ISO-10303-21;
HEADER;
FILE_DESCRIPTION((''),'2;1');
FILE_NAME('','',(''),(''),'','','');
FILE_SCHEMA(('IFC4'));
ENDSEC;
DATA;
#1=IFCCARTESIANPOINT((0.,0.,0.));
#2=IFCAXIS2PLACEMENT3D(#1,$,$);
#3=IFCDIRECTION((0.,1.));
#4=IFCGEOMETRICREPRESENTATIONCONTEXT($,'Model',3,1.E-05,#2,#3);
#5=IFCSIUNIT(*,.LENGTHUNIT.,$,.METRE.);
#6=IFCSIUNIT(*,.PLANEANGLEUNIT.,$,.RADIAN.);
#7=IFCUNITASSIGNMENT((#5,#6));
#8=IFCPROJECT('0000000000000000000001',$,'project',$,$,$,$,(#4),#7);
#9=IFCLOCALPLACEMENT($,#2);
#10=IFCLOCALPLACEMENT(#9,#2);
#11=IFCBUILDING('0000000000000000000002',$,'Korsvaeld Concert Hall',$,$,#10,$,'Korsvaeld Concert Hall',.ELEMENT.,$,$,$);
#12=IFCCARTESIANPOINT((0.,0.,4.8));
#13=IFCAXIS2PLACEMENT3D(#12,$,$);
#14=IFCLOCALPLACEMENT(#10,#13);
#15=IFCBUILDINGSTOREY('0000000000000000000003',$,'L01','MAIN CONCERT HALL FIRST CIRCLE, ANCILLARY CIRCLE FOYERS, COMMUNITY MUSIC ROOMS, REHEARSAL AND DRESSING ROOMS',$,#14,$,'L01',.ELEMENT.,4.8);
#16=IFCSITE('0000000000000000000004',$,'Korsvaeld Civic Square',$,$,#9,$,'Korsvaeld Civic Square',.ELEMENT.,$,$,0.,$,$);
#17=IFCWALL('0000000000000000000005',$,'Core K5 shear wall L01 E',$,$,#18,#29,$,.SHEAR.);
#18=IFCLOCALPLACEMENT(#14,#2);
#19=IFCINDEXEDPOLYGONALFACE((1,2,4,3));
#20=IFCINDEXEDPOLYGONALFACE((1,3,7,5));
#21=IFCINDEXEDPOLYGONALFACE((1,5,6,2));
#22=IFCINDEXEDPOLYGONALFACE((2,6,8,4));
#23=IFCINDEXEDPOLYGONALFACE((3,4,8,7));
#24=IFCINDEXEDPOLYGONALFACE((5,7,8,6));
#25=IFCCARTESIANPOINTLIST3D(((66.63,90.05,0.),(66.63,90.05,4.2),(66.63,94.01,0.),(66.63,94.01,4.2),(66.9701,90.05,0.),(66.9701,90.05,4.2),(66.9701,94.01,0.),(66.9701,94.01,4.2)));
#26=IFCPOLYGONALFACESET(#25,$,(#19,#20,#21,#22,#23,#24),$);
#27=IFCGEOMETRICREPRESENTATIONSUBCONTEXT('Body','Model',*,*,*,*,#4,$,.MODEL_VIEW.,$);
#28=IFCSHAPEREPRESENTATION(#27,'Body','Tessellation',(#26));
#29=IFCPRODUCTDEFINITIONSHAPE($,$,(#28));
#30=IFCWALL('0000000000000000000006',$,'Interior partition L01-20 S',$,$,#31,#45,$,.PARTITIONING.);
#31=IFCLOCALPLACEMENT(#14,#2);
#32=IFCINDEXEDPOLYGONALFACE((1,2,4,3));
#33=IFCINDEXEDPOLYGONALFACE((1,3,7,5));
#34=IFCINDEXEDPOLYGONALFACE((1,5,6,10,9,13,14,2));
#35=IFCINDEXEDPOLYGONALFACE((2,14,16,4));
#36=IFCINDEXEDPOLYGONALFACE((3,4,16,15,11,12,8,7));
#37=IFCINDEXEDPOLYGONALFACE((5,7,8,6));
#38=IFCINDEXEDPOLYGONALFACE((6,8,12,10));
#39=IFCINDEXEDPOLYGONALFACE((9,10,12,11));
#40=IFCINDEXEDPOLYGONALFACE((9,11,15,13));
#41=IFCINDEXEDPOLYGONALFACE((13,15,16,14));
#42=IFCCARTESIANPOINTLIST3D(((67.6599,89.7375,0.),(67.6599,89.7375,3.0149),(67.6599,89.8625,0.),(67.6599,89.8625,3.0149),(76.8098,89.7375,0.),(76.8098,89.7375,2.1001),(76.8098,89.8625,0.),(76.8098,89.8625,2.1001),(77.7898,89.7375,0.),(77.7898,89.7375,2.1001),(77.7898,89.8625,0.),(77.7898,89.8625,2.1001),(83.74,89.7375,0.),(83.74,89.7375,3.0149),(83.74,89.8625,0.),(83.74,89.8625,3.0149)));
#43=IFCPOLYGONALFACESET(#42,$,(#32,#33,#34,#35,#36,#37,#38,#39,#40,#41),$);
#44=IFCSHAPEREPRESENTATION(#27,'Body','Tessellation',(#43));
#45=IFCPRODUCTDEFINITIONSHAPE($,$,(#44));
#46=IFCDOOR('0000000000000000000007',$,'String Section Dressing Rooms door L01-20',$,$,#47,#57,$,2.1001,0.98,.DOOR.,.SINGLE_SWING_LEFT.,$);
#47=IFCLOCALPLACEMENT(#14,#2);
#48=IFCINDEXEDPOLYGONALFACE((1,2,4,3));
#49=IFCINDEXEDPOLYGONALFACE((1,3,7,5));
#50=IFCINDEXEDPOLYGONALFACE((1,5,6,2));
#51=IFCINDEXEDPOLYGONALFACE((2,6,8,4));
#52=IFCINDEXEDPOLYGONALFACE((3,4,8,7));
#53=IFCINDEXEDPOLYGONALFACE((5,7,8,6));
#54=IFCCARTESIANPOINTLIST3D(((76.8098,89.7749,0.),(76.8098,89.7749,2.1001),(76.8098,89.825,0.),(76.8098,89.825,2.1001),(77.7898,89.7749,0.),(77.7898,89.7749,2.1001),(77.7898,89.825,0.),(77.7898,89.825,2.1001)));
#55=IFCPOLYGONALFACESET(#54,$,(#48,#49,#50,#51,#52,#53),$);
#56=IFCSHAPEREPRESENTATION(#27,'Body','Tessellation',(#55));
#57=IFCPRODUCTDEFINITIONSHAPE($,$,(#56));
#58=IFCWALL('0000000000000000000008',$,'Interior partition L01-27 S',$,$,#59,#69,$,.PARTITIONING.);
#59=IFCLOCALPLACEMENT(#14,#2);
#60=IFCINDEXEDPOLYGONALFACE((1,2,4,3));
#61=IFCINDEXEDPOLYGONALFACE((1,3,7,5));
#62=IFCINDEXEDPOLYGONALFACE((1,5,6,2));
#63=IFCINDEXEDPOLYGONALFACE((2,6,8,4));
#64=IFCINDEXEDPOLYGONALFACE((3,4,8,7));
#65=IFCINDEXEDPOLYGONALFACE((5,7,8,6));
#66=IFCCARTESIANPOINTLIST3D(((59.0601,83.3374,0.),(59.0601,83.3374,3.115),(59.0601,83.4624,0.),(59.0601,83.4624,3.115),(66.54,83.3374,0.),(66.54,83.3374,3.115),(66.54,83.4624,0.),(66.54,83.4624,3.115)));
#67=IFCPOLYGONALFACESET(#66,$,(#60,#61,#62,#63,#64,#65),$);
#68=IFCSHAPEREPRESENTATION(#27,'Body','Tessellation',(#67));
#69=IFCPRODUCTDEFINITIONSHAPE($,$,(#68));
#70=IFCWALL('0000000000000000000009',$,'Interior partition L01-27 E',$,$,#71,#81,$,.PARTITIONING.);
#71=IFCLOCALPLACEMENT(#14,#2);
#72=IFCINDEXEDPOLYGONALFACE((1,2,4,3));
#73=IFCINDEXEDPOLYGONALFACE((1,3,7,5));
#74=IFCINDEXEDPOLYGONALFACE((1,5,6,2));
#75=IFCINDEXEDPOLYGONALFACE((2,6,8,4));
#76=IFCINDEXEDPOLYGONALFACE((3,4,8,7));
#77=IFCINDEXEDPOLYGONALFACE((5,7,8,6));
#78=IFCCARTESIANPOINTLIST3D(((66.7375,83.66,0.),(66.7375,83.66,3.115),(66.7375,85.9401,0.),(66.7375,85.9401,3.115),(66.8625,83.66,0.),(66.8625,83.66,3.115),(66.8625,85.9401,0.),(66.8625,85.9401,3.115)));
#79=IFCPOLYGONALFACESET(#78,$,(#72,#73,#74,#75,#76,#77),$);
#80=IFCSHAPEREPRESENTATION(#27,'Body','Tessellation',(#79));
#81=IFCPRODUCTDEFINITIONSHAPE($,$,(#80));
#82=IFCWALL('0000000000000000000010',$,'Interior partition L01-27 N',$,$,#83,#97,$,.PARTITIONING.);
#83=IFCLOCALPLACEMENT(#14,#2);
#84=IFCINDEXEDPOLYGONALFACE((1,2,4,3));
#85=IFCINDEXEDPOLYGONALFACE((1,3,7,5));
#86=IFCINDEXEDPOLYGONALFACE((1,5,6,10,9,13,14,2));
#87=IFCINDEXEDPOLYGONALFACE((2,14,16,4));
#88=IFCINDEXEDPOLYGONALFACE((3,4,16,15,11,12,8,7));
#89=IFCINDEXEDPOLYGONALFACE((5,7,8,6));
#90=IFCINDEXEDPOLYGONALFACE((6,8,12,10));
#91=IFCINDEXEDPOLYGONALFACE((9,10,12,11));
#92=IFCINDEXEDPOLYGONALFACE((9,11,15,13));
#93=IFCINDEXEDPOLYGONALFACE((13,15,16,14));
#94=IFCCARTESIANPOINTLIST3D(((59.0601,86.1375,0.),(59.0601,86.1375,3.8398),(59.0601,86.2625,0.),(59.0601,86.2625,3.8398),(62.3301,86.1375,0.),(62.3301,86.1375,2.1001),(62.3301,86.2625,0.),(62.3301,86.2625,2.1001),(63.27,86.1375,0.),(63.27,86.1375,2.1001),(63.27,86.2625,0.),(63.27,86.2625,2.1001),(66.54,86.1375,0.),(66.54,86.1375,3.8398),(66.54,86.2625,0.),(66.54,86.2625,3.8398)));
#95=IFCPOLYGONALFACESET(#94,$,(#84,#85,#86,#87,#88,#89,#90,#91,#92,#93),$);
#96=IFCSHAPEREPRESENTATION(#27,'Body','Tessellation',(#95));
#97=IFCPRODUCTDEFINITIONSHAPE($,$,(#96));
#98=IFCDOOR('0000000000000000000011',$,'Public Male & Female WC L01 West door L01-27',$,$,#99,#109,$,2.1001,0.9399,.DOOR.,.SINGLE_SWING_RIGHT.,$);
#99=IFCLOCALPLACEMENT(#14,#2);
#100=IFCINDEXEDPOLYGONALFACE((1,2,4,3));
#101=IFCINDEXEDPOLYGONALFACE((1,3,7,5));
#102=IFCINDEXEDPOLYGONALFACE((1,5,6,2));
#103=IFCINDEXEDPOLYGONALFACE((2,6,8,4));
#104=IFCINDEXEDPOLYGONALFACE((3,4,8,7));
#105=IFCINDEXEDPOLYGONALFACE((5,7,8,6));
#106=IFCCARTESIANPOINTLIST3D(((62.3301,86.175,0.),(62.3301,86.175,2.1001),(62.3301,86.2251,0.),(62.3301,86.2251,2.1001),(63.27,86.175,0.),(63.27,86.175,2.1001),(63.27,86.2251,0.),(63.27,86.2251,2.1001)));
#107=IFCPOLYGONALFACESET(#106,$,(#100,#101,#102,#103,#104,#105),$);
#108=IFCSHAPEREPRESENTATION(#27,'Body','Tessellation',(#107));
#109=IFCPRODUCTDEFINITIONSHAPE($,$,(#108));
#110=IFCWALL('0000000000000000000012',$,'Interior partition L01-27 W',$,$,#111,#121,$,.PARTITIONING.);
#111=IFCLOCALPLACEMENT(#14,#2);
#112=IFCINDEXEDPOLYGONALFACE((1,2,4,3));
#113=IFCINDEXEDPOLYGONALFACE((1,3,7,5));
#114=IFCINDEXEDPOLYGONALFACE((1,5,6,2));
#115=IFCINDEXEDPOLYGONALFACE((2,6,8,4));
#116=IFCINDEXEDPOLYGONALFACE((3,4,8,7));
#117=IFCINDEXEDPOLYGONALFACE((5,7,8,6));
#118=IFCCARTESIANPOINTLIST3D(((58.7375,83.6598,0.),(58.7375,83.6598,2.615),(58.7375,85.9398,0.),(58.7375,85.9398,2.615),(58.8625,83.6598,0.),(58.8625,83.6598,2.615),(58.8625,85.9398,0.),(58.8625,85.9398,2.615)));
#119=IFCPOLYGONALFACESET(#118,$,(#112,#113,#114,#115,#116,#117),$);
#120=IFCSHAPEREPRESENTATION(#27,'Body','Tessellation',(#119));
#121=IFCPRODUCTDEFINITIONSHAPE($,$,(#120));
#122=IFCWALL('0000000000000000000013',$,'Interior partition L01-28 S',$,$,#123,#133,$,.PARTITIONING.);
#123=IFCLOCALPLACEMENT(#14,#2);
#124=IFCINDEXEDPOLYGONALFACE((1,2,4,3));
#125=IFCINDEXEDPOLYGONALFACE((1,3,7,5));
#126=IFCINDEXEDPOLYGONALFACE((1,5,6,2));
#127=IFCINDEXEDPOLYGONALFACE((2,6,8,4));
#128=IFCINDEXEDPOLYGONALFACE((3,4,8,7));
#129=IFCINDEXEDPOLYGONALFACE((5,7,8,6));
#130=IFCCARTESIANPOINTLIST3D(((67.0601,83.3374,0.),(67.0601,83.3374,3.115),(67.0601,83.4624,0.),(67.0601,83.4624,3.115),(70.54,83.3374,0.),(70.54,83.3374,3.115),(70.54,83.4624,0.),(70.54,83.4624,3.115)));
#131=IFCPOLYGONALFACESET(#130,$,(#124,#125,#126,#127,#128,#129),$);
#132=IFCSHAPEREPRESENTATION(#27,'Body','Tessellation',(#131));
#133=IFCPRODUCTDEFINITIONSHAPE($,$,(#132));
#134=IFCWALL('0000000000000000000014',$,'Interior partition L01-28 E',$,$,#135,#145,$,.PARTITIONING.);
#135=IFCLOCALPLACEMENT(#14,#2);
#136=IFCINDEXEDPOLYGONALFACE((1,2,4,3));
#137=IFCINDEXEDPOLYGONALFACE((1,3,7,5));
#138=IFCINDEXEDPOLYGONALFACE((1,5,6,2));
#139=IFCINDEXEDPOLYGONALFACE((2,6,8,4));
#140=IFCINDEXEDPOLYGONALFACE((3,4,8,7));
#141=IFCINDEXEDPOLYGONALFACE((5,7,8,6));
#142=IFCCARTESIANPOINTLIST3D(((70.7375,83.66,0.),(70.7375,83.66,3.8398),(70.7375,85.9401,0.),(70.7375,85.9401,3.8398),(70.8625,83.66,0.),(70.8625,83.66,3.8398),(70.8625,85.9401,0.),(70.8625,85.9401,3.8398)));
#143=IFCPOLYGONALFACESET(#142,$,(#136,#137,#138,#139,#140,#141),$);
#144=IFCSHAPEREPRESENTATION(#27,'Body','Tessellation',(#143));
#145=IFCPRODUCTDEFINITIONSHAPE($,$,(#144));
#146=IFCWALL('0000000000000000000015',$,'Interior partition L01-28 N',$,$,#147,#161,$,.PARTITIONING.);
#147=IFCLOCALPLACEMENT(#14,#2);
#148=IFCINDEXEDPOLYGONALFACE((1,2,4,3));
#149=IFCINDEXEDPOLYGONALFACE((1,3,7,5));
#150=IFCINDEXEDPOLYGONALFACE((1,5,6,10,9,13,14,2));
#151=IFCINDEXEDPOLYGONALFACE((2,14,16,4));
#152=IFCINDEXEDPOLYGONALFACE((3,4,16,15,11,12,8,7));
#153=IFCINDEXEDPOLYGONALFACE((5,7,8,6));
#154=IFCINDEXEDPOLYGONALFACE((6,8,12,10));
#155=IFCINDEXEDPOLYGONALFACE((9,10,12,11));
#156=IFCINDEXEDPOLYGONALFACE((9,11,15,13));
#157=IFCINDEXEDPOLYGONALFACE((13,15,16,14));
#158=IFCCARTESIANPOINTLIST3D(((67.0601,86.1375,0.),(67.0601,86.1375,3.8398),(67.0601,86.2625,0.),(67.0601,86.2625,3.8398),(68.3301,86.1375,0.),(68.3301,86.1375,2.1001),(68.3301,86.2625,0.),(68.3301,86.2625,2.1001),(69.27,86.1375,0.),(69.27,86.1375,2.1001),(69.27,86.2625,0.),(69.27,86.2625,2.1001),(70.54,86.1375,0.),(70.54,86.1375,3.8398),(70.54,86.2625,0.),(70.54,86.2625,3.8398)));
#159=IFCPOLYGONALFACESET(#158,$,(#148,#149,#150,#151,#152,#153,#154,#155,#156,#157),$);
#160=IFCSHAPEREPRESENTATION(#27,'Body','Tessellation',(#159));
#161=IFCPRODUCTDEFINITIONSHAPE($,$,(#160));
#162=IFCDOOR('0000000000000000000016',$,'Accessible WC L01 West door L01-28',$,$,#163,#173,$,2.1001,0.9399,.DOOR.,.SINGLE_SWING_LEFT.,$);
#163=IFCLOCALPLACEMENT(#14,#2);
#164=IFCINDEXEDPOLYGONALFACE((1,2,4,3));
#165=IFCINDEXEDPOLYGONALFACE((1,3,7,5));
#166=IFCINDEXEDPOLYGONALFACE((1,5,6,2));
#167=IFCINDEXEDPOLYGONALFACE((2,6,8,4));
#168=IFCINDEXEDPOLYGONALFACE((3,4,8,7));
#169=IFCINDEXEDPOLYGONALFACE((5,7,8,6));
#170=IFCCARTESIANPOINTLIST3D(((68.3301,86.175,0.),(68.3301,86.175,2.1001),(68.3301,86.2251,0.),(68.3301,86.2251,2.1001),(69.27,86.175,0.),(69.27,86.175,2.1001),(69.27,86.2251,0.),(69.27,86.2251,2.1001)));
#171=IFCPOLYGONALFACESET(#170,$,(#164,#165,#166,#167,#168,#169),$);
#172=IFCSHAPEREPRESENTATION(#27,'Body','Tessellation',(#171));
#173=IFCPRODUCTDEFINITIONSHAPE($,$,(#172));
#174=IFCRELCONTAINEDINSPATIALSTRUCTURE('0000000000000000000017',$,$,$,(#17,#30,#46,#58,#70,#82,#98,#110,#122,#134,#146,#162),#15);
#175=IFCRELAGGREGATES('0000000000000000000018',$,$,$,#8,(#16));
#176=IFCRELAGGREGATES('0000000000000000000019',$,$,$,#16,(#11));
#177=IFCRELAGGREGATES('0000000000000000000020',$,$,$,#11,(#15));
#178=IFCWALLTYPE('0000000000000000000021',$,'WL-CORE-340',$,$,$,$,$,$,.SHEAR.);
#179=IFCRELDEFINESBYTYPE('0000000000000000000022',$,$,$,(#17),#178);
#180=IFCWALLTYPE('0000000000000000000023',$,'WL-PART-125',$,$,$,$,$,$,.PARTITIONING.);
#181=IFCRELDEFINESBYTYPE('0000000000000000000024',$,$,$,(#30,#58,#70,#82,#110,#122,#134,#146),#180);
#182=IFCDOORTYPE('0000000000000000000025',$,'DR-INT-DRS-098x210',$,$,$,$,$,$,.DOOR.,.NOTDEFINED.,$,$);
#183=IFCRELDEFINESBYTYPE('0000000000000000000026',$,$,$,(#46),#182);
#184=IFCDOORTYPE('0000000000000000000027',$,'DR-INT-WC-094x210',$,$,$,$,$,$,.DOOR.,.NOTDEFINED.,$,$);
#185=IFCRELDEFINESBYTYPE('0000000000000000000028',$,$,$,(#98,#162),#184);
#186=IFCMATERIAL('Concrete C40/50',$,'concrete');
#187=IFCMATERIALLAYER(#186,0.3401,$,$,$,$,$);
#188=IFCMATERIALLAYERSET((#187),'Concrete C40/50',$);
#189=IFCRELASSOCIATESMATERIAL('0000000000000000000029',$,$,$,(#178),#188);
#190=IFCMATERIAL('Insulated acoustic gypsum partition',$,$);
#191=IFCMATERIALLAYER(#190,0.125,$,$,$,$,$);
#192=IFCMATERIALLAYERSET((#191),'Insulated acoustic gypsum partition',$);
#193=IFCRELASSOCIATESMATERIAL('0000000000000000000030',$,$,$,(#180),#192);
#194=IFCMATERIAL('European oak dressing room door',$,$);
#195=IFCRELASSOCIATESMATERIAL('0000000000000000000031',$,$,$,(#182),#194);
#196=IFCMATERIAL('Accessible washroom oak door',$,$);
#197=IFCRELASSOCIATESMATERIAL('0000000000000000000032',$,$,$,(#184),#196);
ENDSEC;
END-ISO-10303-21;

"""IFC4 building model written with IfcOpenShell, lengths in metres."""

from ifc_helpers import new_model, si_unit, direction, frame, frame_2d, origin, place, context, subcontext, project, spatial, rectangle, extrude, material, layer, layer_set, type_object, element, fill, save


model = new_model("IFC4")

# Units and contexts
model_context = context("Model", 3, precision=1e-05, world=origin(), true_north=direction((0.0, 1.0)))
body_context = subcontext(model_context, "Body", "Model", "MODEL_VIEW")
ifc_project = project(units=[si_unit("LENGTHUNIT", "METRE"), si_unit("PLANEANGLEUNIT", "RADIAN")], contexts=[model_context])

# Site, building, storey
site_placement = place(None, origin())
site = spatial("IfcSite", under=ifc_project, at=site_placement, Name="Korsvaeld Civic Square", LongName="Korsvaeld Civic Square", CompositionType="ELEMENT", RefElevation=0.0)
building_placement = place(site_placement, origin())
building = spatial("IfcBuilding", under=site, at=building_placement, Name="Korsvaeld Concert Hall", LongName="Korsvaeld Concert Hall", CompositionType="ELEMENT")
storey_placement = place(building_placement, frame((0.0, 0.0, 4.8)))
storey = spatial("IfcBuildingStorey", under=building, at=storey_placement, Name="L01", Description="MAIN CONCERT HALL FIRST CIRCLE, ANCILLARY CIRCLE FOYERS, COMMUNITY MUSIC ROOMS, REHEARSAL AND DRESSING ROOMS", LongName="L01", CompositionType="ELEMENT", Elevation=4.8)

# Shared definitions
ifc_material_1 = material(Name="Concrete C40/50", Category="concrete")

# Wall
ifc_layer_1 = layer(ifc_material_1, 0.3401)
ifc_layer_set_1 = layer_set([ifc_layer_1], Name="Concrete C40/50")
wall_type_1 = type_object("IfcWallType", Name="WL-CORE-340", PredefinedType="SHEAR", material=ifc_layer_set_1)
wall_1_placement = place(storey_placement, frame((66.8, 90.05, 0.0), z_axis=(0.0, 0.0, 1.0), x_axis=(0.0, 1.0, 0.0)))
element("IfcWall", 1, at=wall_1_placement, inside=storey, type_object=wall_type_1, Name="Core K5 shear wall L01 E", PredefinedType="SHEAR", context=body_context, shape_type="SweptSolid", body=[
    extrude(rectangle(XDim=3.96, YDim=0.3401, at=frame_2d((1.98, 0.0))), origin(), (0.0, 0.0, 1.0), 4.2),
])

# Wall, opening, door
ifc_material_2 = material(Name="Insulated acoustic gypsum partition")
ifc_layer_2 = layer(ifc_material_2, 0.125)
ifc_layer_set_2 = layer_set([ifc_layer_2], Name="Insulated acoustic gypsum partition")
wall_type_2 = type_object("IfcWallType", Name="WL-PART-125", PredefinedType="PARTITIONING", material=ifc_layer_set_2)
wall_2_placement = place(storey_placement, frame((67.6599, 89.8, 0.0), z_axis=(0.0, 0.0, 1.0), x_axis=(1.0, 0.0, 0.0)))
wall_2 = element("IfcWall", 2, at=wall_2_placement, inside=storey, type_object=wall_type_2, Name="Interior partition L01-20 S", PredefinedType="PARTITIONING", context=body_context, shape_type="SweptSolid", body=[
    extrude(rectangle(XDim=16.0801, YDim=0.125, at=frame_2d((8.04, 0.0))), origin(), (0.0, 0.0, 1.0), 3.0149),
])
opening_1_placement = place(wall_2_placement, frame((9.1499, 0.0, 0.0)))
opening_1 = element("IfcOpeningElement", 3, at=opening_1_placement, cuts=wall_2, PredefinedType="OPENING", context=body_context, shape_type="SweptSolid", body=[
    extrude(rectangle(XDim=0.98, YDim=2.1001, at=frame_2d((0.49, 1.05))), frame((0.0, 0.0725, 0.0), z_axis=(0.0, -1.0, 0.0), x_axis=(1.0, 0.0, 0.0)), (0.0, 0.0, 1.0), 0.145),
])
ifc_material_3 = material(Name="European oak dressing room door")
door_type_1 = type_object("IfcDoorType", Name="DR-INT-DRS-098x210", OperationType="NOTDEFINED", PredefinedType="DOOR", material=ifc_material_3)
door_1_placement = place(opening_1_placement, origin())
door_1 = element("IfcDoor", 4, at=door_1_placement, inside=storey, type_object=door_type_1, Name="String Section Dressing Rooms door L01-20", OperationType="SINGLE_SWING_LEFT", OverallHeight=2.1001, OverallWidth=0.98, PredefinedType="DOOR", context=body_context, shape_type="SweptSolid", body=[
    extrude(rectangle(XDim=0.98, YDim=2.1001, at=frame_2d((0.49, 1.05))), frame((0.0, 0.0249, 0.0), z_axis=(0.0, -1.0, 0.0), x_axis=(1.0, 0.0, 0.0)), (0.0, 0.0, 1.0), 0.05),
])
fill(opening_1, door_1)

# Walls
wall_3_placement = place(storey_placement, frame((59.0601, 83.3999, 0.0), z_axis=(0.0, 0.0, 1.0), x_axis=(1.0, 0.0, 0.0)))
element("IfcWall", 5, at=wall_3_placement, inside=storey, type_object=wall_type_2, Name="Interior partition L01-27 S", PredefinedType="PARTITIONING", context=body_context, shape_type="SweptSolid", body=[
    extrude(rectangle(XDim=7.48, YDim=0.125, at=frame_2d((3.74, 0.0))), origin(), (0.0, 0.0, 1.0), 3.115),
])
wall_4_placement = place(storey_placement, frame((66.8, 83.6599, 0.0), z_axis=(0.0, 0.0, 1.0), x_axis=(0.0, 1.0, 0.0)))
element("IfcWall", 6, at=wall_4_placement, inside=storey, type_object=wall_type_2, Name="Interior partition L01-27 E", PredefinedType="PARTITIONING", context=body_context, shape_type="SweptSolid", body=[
    extrude(rectangle(XDim=2.28, YDim=0.125, at=frame_2d((1.1401, 0.0))), origin(), (0.0, 0.0, 1.0), 3.115),
])

# Wall, opening, door
wall_5_placement = place(storey_placement, frame((66.54, 86.2, 0.0), z_axis=(0.0, 0.0, 1.0), x_axis=(-1.0, 0.0, 0.0)))
wall_5 = element("IfcWall", 7, at=wall_5_placement, inside=storey, type_object=wall_type_2, Name="Interior partition L01-27 N", PredefinedType="PARTITIONING", context=body_context, shape_type="SweptSolid", body=[
    extrude(rectangle(XDim=7.48, YDim=0.125, at=frame_2d((3.74, 0.0))), origin(), (0.0, 0.0, 1.0), 3.8398),
])
opening_2_placement = place(wall_5_placement, frame((3.27, 0.0, 0.0)))
opening_2 = element("IfcOpeningElement", 8, at=opening_2_placement, cuts=wall_5, PredefinedType="OPENING", context=body_context, shape_type="SweptSolid", body=[
    extrude(rectangle(XDim=0.9399, YDim=2.1001, at=frame_2d((0.47, 1.05))), frame((0.0, 0.0725, 0.0), z_axis=(0.0, -1.0, 0.0), x_axis=(1.0, 0.0, 0.0)), (0.0, 0.0, 1.0), 0.145),
])
ifc_material_4 = material(Name="Accessible washroom oak door")
door_type_2 = type_object("IfcDoorType", Name="DR-INT-WC-094x210", OperationType="NOTDEFINED", PredefinedType="DOOR", material=ifc_material_4)
door_2_placement = place(opening_2_placement, origin())
door_2 = element("IfcDoor", 9, at=door_2_placement, inside=storey, type_object=door_type_2, Name="Public Male & Female WC L01 West door L01-27", OperationType="SINGLE_SWING_RIGHT", OverallHeight=2.1001, OverallWidth=0.9399, PredefinedType="DOOR", context=body_context, shape_type="SweptSolid", body=[
    extrude(rectangle(XDim=0.9399, YDim=2.1001, at=frame_2d((0.47, 1.05))), frame((0.0, 0.0249, 0.0), z_axis=(0.0, -1.0, 0.0), x_axis=(1.0, 0.0, 0.0)), (0.0, 0.0, 1.0), 0.05),
])
fill(opening_2, door_2)

# Walls
wall_6_placement = place(storey_placement, frame((58.8, 85.9399, 0.0), z_axis=(0.0, 0.0, 1.0), x_axis=(0.0, -1.0, 0.0)))
element("IfcWall", 10, at=wall_6_placement, inside=storey, type_object=wall_type_2, Name="Interior partition L01-27 W", PredefinedType="PARTITIONING", context=body_context, shape_type="SweptSolid", body=[
    extrude(rectangle(XDim=2.28, YDim=0.125, at=frame_2d((1.1401, 0.0))), origin(), (0.0, 0.0, 1.0), 2.615),
])
wall_7_placement = place(storey_placement, frame((67.0601, 83.3999, 0.0), z_axis=(0.0, 0.0, 1.0), x_axis=(1.0, 0.0, 0.0)))
element("IfcWall", 11, at=wall_7_placement, inside=storey, type_object=wall_type_2, Name="Interior partition L01-28 S", PredefinedType="PARTITIONING", context=body_context, shape_type="SweptSolid", body=[
    extrude(rectangle(XDim=3.48, YDim=0.125, at=frame_2d((1.74, 0.0))), origin(), (0.0, 0.0, 1.0), 3.115),
])
wall_8_placement = place(storey_placement, frame((70.8, 83.6599, 0.0), z_axis=(0.0, 0.0, 1.0), x_axis=(0.0, 1.0, 0.0)))
element("IfcWall", 12, at=wall_8_placement, inside=storey, type_object=wall_type_2, Name="Interior partition L01-28 E", PredefinedType="PARTITIONING", context=body_context, shape_type="SweptSolid", body=[
    extrude(rectangle(XDim=2.28, YDim=0.125, at=frame_2d((1.1401, 0.0))), origin(), (0.0, 0.0, 1.0), 3.8398),
])

# Wall, opening, door
wall_9_placement = place(storey_placement, frame((70.54, 86.2, 0.0), z_axis=(0.0, 0.0, 1.0), x_axis=(-1.0, 0.0, 0.0)))
wall_9 = element("IfcWall", 13, at=wall_9_placement, inside=storey, type_object=wall_type_2, Name="Interior partition L01-28 N", PredefinedType="PARTITIONING", context=body_context, shape_type="SweptSolid", body=[
    extrude(rectangle(XDim=3.48, YDim=0.125, at=frame_2d((1.74, 0.0))), origin(), (0.0, 0.0, 1.0), 3.8398),
])
opening_3_placement = place(wall_9_placement, frame((1.27, 0.0, 0.0)))
opening_3 = element("IfcOpeningElement", 14, at=opening_3_placement, cuts=wall_9, PredefinedType="OPENING", context=body_context, shape_type="SweptSolid", body=[
    extrude(rectangle(XDim=0.9399, YDim=2.1001, at=frame_2d((0.47, 1.05))), frame((0.0, 0.0725, 0.0), z_axis=(0.0, -1.0, 0.0), x_axis=(1.0, 0.0, 0.0)), (0.0, 0.0, 1.0), 0.145),
])
door_3_placement = place(opening_3_placement, origin())
door_3 = element("IfcDoor", 15, at=door_3_placement, inside=storey, type_object=door_type_2, Name="Accessible WC L01 West door L01-28", OperationType="SINGLE_SWING_LEFT", OverallHeight=2.1001, OverallWidth=0.9399, PredefinedType="DOOR", context=body_context, shape_type="SweptSolid", body=[
    extrude(rectangle(XDim=0.9399, YDim=2.1001, at=frame_2d((0.47, 1.05))), frame((0.0, 0.0249, 0.0), z_axis=(0.0, -1.0, 0.0), x_axis=(1.0, 0.0, 0.0)), (0.0, 0.0, 1.0), 0.05),
])
fill(opening_3, door_3)

save(model, "model.ifc")
